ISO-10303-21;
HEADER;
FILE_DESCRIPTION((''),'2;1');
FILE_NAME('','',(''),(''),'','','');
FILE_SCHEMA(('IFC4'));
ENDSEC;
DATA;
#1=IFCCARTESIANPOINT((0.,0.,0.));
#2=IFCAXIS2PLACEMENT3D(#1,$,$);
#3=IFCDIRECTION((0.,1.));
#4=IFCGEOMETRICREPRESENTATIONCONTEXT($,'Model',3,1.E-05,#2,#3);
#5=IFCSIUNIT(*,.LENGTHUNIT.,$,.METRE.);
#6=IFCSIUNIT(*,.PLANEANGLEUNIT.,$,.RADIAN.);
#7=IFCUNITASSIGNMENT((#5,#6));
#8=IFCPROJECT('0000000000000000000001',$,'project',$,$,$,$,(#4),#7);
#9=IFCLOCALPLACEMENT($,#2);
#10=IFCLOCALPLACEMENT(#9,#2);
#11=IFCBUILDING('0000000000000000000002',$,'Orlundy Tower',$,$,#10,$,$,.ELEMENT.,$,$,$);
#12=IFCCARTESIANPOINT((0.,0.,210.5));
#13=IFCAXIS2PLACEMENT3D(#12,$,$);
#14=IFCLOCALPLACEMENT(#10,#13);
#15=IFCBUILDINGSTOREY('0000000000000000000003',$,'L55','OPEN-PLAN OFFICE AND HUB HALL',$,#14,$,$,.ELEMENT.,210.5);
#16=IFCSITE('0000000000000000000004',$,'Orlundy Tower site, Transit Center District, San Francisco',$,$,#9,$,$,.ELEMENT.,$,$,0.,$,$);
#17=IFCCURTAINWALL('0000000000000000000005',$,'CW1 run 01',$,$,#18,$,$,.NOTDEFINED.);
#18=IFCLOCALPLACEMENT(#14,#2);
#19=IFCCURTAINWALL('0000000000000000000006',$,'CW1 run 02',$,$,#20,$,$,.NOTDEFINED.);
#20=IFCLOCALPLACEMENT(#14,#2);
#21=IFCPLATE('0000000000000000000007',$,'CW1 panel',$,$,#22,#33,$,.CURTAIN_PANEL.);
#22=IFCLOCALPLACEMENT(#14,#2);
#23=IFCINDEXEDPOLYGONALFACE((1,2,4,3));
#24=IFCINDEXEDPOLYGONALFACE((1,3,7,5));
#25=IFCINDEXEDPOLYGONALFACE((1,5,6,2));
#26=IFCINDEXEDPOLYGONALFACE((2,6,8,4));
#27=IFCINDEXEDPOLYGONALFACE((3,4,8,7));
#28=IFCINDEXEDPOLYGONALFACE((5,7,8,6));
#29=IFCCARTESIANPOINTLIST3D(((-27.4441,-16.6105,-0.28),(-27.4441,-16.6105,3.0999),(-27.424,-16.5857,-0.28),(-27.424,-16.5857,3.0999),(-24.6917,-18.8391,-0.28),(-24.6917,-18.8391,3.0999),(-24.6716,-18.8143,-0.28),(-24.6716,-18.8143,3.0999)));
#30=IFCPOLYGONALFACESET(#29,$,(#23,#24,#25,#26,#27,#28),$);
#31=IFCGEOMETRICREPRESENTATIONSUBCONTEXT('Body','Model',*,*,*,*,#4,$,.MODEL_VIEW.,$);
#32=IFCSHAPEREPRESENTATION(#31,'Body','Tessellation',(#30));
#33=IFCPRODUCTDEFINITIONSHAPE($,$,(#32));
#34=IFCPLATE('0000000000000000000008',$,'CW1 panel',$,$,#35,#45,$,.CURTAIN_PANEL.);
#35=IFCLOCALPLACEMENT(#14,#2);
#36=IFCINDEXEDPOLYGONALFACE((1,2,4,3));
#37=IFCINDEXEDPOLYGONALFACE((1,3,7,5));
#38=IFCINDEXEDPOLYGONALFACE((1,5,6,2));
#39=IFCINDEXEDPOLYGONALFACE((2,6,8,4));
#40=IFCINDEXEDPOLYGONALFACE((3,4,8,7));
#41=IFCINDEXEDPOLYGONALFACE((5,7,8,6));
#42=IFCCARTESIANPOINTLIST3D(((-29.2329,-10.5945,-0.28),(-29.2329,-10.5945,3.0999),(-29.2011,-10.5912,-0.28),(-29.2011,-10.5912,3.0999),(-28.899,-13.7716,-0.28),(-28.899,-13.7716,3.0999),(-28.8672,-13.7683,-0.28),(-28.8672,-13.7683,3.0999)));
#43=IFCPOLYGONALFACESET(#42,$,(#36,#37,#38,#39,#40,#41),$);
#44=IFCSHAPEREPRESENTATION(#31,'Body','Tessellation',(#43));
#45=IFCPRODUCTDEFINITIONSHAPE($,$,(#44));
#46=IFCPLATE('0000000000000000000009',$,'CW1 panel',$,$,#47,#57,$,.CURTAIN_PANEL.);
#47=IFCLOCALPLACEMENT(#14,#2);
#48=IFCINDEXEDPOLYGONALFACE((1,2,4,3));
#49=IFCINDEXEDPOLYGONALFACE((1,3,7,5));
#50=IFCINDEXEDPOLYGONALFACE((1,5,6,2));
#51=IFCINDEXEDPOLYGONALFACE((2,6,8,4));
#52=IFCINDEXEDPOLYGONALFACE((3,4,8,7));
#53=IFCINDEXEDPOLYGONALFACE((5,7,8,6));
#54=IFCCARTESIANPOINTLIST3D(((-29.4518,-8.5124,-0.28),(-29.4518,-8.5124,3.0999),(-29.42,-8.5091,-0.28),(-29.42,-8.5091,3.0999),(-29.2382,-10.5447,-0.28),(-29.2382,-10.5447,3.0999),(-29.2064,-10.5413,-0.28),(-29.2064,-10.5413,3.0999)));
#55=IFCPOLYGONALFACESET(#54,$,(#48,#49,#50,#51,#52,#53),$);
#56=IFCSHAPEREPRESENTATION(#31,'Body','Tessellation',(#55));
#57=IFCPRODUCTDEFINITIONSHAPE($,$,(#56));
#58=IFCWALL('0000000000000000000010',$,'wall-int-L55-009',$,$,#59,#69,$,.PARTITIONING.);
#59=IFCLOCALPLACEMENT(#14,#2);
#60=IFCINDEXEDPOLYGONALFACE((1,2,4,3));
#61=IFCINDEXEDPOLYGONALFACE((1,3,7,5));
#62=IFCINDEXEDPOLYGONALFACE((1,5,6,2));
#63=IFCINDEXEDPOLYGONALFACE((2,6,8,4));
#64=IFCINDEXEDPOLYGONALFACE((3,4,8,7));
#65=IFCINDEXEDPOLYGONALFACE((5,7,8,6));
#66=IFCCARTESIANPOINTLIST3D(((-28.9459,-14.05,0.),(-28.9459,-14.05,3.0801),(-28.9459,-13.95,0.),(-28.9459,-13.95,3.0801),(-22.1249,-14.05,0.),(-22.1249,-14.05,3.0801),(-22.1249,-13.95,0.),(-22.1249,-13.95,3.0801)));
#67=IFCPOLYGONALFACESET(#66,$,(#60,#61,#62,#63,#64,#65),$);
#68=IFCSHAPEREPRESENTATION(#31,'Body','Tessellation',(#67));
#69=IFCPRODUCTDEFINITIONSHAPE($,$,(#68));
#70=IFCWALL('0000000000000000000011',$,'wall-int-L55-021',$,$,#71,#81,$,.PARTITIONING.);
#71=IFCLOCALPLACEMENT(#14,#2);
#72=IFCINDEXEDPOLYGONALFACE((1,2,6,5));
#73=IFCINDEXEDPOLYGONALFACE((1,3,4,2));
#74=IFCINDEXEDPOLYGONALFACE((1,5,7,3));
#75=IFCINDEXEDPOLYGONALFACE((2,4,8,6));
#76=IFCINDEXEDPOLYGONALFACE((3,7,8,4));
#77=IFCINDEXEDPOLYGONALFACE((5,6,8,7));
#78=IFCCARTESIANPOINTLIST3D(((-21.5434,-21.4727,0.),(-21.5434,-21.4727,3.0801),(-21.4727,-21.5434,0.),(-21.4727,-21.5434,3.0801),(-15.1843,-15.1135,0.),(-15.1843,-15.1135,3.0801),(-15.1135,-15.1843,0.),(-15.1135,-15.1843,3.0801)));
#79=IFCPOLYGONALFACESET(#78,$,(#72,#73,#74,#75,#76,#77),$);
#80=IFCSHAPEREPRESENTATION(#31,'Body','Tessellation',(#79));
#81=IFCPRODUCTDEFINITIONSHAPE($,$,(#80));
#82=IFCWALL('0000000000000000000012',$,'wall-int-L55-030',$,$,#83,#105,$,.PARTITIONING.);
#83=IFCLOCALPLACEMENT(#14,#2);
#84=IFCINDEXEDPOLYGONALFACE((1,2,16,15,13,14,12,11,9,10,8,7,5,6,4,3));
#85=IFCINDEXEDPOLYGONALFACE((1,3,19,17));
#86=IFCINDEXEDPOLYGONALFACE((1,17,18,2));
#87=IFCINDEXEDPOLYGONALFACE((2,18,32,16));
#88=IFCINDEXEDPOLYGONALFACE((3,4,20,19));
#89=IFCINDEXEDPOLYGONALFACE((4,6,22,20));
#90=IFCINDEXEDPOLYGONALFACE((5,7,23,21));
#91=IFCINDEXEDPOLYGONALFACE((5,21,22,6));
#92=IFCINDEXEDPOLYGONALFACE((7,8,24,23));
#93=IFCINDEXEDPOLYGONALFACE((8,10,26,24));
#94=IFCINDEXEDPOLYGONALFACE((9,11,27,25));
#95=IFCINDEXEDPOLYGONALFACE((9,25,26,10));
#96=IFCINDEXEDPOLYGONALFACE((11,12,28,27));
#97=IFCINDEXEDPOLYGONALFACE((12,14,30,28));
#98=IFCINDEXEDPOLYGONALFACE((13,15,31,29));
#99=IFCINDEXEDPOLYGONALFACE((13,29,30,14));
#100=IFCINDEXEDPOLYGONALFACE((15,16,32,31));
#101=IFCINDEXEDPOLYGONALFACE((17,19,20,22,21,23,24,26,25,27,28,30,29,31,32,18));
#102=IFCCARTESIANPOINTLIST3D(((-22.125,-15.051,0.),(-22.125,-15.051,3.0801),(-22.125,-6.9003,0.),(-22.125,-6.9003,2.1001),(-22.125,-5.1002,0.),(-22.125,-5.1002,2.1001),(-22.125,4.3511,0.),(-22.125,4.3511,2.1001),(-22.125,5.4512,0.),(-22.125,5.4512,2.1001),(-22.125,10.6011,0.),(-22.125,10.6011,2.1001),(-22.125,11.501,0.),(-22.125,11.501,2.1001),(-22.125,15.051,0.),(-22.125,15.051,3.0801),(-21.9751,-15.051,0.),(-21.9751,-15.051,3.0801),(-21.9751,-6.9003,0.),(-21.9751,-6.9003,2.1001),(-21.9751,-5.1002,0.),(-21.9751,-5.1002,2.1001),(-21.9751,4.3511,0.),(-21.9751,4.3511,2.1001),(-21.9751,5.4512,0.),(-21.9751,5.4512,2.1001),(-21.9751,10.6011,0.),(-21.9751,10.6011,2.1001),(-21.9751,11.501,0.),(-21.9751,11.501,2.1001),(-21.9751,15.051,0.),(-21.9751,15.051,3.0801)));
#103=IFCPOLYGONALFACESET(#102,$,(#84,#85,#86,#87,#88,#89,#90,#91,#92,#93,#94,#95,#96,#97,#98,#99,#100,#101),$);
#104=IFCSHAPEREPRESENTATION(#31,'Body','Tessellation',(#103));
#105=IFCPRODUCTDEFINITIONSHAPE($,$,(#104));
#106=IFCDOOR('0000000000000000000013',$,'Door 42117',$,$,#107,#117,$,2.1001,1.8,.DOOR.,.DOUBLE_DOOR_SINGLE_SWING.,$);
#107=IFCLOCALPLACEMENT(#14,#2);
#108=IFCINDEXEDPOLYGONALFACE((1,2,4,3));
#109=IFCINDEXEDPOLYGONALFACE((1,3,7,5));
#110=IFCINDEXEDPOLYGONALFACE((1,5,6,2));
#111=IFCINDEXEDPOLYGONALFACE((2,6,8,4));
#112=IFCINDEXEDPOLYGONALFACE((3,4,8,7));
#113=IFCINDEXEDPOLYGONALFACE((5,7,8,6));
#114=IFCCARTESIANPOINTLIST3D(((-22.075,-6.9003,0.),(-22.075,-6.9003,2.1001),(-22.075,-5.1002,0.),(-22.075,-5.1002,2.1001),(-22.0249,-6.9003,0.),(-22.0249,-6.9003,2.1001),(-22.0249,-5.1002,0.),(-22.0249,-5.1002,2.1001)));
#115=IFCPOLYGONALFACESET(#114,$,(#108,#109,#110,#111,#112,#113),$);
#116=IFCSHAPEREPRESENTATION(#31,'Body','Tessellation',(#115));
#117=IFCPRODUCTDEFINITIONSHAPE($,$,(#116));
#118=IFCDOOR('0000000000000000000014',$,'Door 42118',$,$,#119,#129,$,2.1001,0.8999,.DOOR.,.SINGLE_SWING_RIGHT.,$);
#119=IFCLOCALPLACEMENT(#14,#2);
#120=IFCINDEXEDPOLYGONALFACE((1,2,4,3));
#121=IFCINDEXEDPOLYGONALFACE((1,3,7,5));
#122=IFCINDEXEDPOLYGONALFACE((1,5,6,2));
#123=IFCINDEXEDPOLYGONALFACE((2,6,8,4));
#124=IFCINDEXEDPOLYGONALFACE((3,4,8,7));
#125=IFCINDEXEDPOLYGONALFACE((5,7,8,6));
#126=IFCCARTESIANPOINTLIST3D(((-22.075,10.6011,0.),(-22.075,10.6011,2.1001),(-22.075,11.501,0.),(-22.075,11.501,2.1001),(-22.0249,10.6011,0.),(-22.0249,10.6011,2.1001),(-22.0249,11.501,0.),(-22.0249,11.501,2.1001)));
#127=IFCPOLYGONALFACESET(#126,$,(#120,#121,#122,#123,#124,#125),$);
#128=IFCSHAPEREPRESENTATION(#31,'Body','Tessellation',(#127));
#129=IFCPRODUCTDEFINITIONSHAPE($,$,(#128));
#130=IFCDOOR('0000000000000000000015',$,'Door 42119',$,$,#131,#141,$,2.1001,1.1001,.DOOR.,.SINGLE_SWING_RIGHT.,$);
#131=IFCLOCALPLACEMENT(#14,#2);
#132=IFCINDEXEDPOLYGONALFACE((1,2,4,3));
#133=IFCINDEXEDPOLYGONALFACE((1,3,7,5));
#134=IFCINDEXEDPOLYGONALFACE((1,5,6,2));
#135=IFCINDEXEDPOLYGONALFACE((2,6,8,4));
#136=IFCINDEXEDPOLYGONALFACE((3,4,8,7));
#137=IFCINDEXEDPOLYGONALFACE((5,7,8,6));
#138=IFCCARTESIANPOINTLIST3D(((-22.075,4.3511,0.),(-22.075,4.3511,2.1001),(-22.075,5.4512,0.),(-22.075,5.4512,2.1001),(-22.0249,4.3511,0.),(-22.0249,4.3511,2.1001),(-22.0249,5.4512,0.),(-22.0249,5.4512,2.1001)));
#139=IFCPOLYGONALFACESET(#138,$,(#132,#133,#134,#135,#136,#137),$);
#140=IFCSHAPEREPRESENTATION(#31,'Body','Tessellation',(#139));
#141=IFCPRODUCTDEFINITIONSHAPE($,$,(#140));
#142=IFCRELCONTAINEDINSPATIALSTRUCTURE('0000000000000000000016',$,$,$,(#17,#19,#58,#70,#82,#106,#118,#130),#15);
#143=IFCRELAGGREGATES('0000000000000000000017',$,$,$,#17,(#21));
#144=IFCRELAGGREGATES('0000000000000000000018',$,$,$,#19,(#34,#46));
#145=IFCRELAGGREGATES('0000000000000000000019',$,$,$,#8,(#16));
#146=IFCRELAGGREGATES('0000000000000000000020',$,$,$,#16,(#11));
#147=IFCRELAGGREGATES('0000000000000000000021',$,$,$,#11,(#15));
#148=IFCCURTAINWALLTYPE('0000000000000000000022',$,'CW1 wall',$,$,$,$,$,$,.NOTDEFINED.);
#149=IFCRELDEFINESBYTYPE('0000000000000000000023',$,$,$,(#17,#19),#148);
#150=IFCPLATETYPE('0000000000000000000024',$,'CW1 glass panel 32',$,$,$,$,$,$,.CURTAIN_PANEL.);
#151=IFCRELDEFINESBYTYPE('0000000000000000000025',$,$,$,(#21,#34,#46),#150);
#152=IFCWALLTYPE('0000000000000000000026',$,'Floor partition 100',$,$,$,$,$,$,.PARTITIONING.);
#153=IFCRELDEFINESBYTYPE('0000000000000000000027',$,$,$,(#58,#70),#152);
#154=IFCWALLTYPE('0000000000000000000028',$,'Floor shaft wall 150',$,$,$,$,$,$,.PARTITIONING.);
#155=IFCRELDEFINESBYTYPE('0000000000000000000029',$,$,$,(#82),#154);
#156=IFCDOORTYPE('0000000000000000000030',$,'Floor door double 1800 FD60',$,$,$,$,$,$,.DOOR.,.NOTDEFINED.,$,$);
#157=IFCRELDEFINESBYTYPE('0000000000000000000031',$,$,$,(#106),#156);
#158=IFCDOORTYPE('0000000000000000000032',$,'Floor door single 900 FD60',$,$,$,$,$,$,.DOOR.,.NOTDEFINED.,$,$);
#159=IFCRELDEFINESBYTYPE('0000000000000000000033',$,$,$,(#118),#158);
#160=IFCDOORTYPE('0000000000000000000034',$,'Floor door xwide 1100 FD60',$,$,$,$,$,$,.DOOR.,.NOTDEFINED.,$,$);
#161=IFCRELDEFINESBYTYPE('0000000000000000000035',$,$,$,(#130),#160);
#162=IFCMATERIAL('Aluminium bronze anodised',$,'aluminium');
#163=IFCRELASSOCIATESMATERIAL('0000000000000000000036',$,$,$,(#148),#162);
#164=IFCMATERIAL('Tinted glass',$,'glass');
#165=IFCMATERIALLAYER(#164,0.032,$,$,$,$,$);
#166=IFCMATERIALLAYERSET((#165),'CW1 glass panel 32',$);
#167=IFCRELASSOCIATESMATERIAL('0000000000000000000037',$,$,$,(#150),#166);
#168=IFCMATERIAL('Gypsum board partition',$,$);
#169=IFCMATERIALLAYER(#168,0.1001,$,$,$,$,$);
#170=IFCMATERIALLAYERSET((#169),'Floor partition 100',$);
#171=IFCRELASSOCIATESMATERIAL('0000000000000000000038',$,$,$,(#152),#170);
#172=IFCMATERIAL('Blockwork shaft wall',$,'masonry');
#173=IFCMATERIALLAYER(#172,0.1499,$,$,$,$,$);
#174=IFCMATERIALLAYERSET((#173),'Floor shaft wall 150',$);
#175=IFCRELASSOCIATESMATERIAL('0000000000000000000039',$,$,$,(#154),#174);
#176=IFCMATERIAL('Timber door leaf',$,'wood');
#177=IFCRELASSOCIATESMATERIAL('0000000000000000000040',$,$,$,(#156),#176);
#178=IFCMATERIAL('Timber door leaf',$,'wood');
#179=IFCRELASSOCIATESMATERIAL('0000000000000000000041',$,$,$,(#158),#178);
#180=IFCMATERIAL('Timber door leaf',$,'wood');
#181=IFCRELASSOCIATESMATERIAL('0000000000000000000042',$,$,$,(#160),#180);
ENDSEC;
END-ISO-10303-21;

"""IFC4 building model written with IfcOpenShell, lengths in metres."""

from ifc_helpers import new_model, si_unit, direction, frame, frame_2d, origin, origin_2d, place, context, subcontext, project, spatial, rectangle, extrude, material, layer, layer_set, type_object, element, fill, aggregate, save


model = new_model("IFC4")

# Units and contexts
model_context = context("Model", 3, precision=1e-05, world=origin(), true_north=direction((0.0, 1.0)))
body_context = subcontext(model_context, "Body", "Model", "MODEL_VIEW")
ifc_project = project(units=[si_unit("LENGTHUNIT", "METRE"), si_unit("PLANEANGLEUNIT", "RADIAN")], contexts=[model_context])

# Site, building, storey
site_placement = place(None, origin())
site = spatial("IfcSite", under=ifc_project, at=site_placement, Name="Orlundy Tower site, Transit Center District, San Francisco", CompositionType="ELEMENT", RefElevation=0.0)
building_placement = place(site_placement, origin())
building = spatial("IfcBuilding", under=site, at=building_placement, Name="Orlundy Tower", CompositionType="ELEMENT")
storey_placement = place(building_placement, frame((0.0, 0.0, 210.5)))
storey = spatial("IfcBuildingStorey", under=building, at=storey_placement, Name="L55", Description="OPEN-PLAN OFFICE AND HUB HALL", CompositionType="ELEMENT", Elevation=210.5)

# Curtain wall
ifc_material_1 = material(Name="Aluminium bronze anodised", Category="aluminium")
curtain_wall_type = type_object("IfcCurtainWallType", Name="CW1 wall", PredefinedType="NOTDEFINED", material=ifc_material_1)
curtain_wall_1_placement = place(storey_placement, origin())
curtain_wall_1 = element("IfcCurtainWall", 1, at=curtain_wall_1_placement, inside=storey, type_object=curtain_wall_type, Name="CW1 run 01", PredefinedType="NOTDEFINED")

# Curtain wall
curtain_wall_2_placement = place(storey_placement, origin())
curtain_wall_2 = element("IfcCurtainWall", 2, at=curtain_wall_2_placement, inside=storey, type_object=curtain_wall_type, Name="CW1 run 02", PredefinedType="NOTDEFINED")

# Plates
ifc_material_2 = material(Name="Tinted glass", Category="glass")
ifc_layer_1 = layer(ifc_material_2, 0.032)
ifc_layer_set_1 = layer_set([ifc_layer_1], Name="CW1 glass panel 32")
plate_type = type_object("IfcPlateType", Name="CW1 glass panel 32", PredefinedType="CURTAIN_PANEL", material=ifc_layer_set_1)
plate_1_placement = place(storey_placement, frame((-26.0579, -17.7124, -0.28), z_axis=(0.0, 0.0, 1.0), x_axis=(-0.777177, 0.629283, 0.0)))
plate_1 = element("IfcPlate", 3, at=plate_1_placement, type_object=plate_type, Name="CW1 panel", PredefinedType="CURTAIN_PANEL", context=body_context, shape_type="SweptSolid", body=[
    extrude(rectangle(XDim=3.5415, YDim=0.032, at=origin_2d()), origin(), (0.0, 0.0, 1.0), 3.3799),
])
aggregate(curtain_wall_1, [plate_1])
plate_2_placement = place(storey_placement, frame((-29.05, -12.1814, -0.28), z_axis=(0.0, 0.0, 1.0), x_axis=(-0.104538, 0.994521, 0.0)))
plate_2 = element("IfcPlate", 4, at=plate_2_placement, type_object=plate_type, Name="CW1 panel", PredefinedType="CURTAIN_PANEL", context=body_context, shape_type="SweptSolid", body=[
    extrude(rectangle(XDim=3.1946, YDim=0.032, at=origin_2d()), origin(), (0.0, 0.0, 1.0), 3.3799),
])
plate_3_placement = place(storey_placement, frame((-29.3291, -9.5269, -0.28), z_axis=(0.0, 0.0, 1.0), x_axis=(-0.104538, 0.994521, 0.0)))
plate_3 = element("IfcPlate", 5, at=plate_3_placement, type_object=plate_type, Name="CW1 panel", PredefinedType="CURTAIN_PANEL", context=body_context, shape_type="SweptSolid", body=[
    extrude(rectangle(XDim=2.0435, YDim=0.032, at=origin_2d()), origin(), (0.0, 0.0, 1.0), 3.3799),
])
aggregate(curtain_wall_2, [plate_2, plate_3])

# Walls
ifc_material_3 = material(Name="Gypsum board partition")
ifc_layer_2 = layer(ifc_material_3, 0.1001)
ifc_layer_set_2 = layer_set([ifc_layer_2], Name="Floor partition 100")
wall_type_1 = type_object("IfcWallType", Name="Floor partition 100", PredefinedType="PARTITIONING", material=ifc_layer_set_2)
wall_1_placement = place(storey_placement, frame((-28.946, -14.0, 0.0), z_axis=(0.0, 0.0, 1.0), x_axis=(1.0, 0.0, 0.0)))
element("IfcWall", 6, at=wall_1_placement, inside=storey, type_object=wall_type_1, Name="wall-int-L55-009", PredefinedType="PARTITIONING", context=body_context, shape_type="SweptSolid", body=[
    extrude(rectangle(XDim=6.821, YDim=0.1001, at=frame_2d((3.4106, 0.0))), origin(), (0.0, 0.0, 1.0), 3.0801),
])
wall_2_placement = place(storey_placement, frame((-21.5081, -21.5081, 0.0), z_axis=(0.0, 0.0, 1.0), x_axis=(0.707107, 0.707107, 0.0)))
element("IfcWall", 7, at=wall_2_placement, inside=storey, type_object=wall_type_1, Name="wall-int-L55-021", PredefinedType="PARTITIONING", context=body_context, shape_type="SweptSolid", body=[
    extrude(rectangle(XDim=8.9932, YDim=0.1001, at=frame_2d((4.4966, 0.0))), origin(), (0.0, 0.0, 1.0), 3.0801),
])

# Wall, openings, doors
ifc_material_4 = material(Name="Blockwork shaft wall", Category="masonry")
ifc_layer_3 = layer(ifc_material_4, 0.1499)
ifc_layer_set_3 = layer_set([ifc_layer_3], Name="Floor shaft wall 150")
wall_type_2 = type_object("IfcWallType", Name="Floor shaft wall 150", PredefinedType="PARTITIONING", material=ifc_layer_set_3)
wall_3_placement = place(storey_placement, frame((-22.05, -15.051, 0.0), z_axis=(0.0, 0.0, 1.0), x_axis=(0.0, 1.0, 0.0)))
wall_3 = element("IfcWall", 8, at=wall_3_placement, inside=storey, type_object=wall_type_2, Name="wall-int-L55-030", PredefinedType="PARTITIONING", context=body_context, shape_type="SweptSolid", body=[
    extrude(rectangle(XDim=30.1021, YDim=0.1499, at=frame_2d((15.051, 0.0))), origin(), (0.0, 0.0, 1.0), 3.0801),
])
opening_1_placement = place(wall_3_placement, frame((8.1509, 0.0, 0.0)))
opening_1 = element("IfcOpeningElement", 9, at=opening_1_placement, cuts=wall_3, PredefinedType="OPENING", context=body_context, shape_type="SweptSolid", body=[
    extrude(rectangle(XDim=1.8, YDim=2.1001, at=frame_2d((0.8999, 1.05))), frame((0.0, 0.085, 0.0), z_axis=(0.0, -1.0, 0.0), x_axis=(1.0, 0.0, 0.0)), (0.0, 0.0, 1.0), 0.1699),
])
opening_2_placement = place(wall_3_placement, frame((25.6521, 0.0, 0.0)))
opening_2 = element("IfcOpeningElement", 10, at=opening_2_placement, cuts=wall_3, PredefinedType="OPENING", context=body_context, shape_type="SweptSolid", body=[
    extrude(rectangle(XDim=0.8999, YDim=2.1001, at=frame_2d((0.45, 1.05))), frame((0.0, 0.085, 0.0), z_axis=(0.0, -1.0, 0.0), x_axis=(1.0, 0.0, 0.0)), (0.0, 0.0, 1.0), 0.1699),
])
opening_3_placement = place(wall_3_placement, frame((19.4021, 0.0, 0.0)))
opening_3 = element("IfcOpeningElement", 11, at=opening_3_placement, cuts=wall_3, PredefinedType="OPENING", context=body_context, shape_type="SweptSolid", body=[
    extrude(rectangle(XDim=1.1001, YDim=2.1001, at=frame_2d((0.55, 1.05))), frame((0.0, 0.085, 0.0), z_axis=(0.0, -1.0, 0.0), x_axis=(1.0, 0.0, 0.0)), (0.0, 0.0, 1.0), 0.1699),
])
ifc_material_5 = material(Name="Timber door leaf", Category="wood")
door_type_1 = type_object("IfcDoorType", Name="Floor door double 1800 FD60", OperationType="NOTDEFINED", PredefinedType="DOOR", material=ifc_material_5)
door_1_placement = place(opening_1_placement, origin())
door_1 = element("IfcDoor", 12, at=door_1_placement, inside=storey, type_object=door_type_1, Name="Door 42117", OperationType="DOUBLE_DOOR_SINGLE_SWING", OverallHeight=2.1001, OverallWidth=1.8, PredefinedType="DOOR", context=body_context, shape_type="SweptSolid", body=[
    extrude(rectangle(XDim=1.8, YDim=2.1001, at=frame_2d((0.8999, 1.05))), frame((0.0, 0.0249, 0.0), z_axis=(0.0, -1.0, 0.0), x_axis=(1.0, 0.0, 0.0)), (0.0, 0.0, 1.0), 0.05),
])
fill(opening_1, door_1)
ifc_material_6 = material(Name="Timber door leaf", Category="wood")
door_type_2 = type_object("IfcDoorType", Name="Floor door single 900 FD60", OperationType="NOTDEFINED", PredefinedType="DOOR", material=ifc_material_6)
door_2_placement = place(opening_2_placement, origin())
door_2 = element("IfcDoor", 13, at=door_2_placement, inside=storey, type_object=door_type_2, Name="Door 42118", OperationType="SINGLE_SWING_RIGHT", OverallHeight=2.1001, OverallWidth=0.8999, PredefinedType="DOOR", context=body_context, shape_type="SweptSolid", body=[
    extrude(rectangle(XDim=0.8999, YDim=2.1001, at=frame_2d((0.45, 1.05))), frame((0.0, 0.0249, 0.0), z_axis=(0.0, -1.0, 0.0), x_axis=(1.0, 0.0, 0.0)), (0.0, 0.0, 1.0), 0.05),
])
fill(opening_2, door_2)
ifc_material_7 = material(Name="Timber door leaf", Category="wood")
door_type_3 = type_object("IfcDoorType", Name="Floor door xwide 1100 FD60", OperationType="NOTDEFINED", PredefinedType="DOOR", material=ifc_material_7)
door_3_placement = place(opening_3_placement, origin())
door_3 = element("IfcDoor", 14, at=door_3_placement, inside=storey, type_object=door_type_3, Name="Door 42119", OperationType="SINGLE_SWING_RIGHT", OverallHeight=2.1001, OverallWidth=1.1001, PredefinedType="DOOR", context=body_context, shape_type="SweptSolid", body=[
    extrude(rectangle(XDim=1.1001, YDim=2.1001, at=frame_2d((0.55, 1.05))), frame((0.0, 0.0249, 0.0), z_axis=(0.0, -1.0, 0.0), x_axis=(1.0, 0.0, 0.0)), (0.0, 0.0, 1.0), 0.05),
])
fill(opening_3, door_3)

save(model, "model.ifc")
